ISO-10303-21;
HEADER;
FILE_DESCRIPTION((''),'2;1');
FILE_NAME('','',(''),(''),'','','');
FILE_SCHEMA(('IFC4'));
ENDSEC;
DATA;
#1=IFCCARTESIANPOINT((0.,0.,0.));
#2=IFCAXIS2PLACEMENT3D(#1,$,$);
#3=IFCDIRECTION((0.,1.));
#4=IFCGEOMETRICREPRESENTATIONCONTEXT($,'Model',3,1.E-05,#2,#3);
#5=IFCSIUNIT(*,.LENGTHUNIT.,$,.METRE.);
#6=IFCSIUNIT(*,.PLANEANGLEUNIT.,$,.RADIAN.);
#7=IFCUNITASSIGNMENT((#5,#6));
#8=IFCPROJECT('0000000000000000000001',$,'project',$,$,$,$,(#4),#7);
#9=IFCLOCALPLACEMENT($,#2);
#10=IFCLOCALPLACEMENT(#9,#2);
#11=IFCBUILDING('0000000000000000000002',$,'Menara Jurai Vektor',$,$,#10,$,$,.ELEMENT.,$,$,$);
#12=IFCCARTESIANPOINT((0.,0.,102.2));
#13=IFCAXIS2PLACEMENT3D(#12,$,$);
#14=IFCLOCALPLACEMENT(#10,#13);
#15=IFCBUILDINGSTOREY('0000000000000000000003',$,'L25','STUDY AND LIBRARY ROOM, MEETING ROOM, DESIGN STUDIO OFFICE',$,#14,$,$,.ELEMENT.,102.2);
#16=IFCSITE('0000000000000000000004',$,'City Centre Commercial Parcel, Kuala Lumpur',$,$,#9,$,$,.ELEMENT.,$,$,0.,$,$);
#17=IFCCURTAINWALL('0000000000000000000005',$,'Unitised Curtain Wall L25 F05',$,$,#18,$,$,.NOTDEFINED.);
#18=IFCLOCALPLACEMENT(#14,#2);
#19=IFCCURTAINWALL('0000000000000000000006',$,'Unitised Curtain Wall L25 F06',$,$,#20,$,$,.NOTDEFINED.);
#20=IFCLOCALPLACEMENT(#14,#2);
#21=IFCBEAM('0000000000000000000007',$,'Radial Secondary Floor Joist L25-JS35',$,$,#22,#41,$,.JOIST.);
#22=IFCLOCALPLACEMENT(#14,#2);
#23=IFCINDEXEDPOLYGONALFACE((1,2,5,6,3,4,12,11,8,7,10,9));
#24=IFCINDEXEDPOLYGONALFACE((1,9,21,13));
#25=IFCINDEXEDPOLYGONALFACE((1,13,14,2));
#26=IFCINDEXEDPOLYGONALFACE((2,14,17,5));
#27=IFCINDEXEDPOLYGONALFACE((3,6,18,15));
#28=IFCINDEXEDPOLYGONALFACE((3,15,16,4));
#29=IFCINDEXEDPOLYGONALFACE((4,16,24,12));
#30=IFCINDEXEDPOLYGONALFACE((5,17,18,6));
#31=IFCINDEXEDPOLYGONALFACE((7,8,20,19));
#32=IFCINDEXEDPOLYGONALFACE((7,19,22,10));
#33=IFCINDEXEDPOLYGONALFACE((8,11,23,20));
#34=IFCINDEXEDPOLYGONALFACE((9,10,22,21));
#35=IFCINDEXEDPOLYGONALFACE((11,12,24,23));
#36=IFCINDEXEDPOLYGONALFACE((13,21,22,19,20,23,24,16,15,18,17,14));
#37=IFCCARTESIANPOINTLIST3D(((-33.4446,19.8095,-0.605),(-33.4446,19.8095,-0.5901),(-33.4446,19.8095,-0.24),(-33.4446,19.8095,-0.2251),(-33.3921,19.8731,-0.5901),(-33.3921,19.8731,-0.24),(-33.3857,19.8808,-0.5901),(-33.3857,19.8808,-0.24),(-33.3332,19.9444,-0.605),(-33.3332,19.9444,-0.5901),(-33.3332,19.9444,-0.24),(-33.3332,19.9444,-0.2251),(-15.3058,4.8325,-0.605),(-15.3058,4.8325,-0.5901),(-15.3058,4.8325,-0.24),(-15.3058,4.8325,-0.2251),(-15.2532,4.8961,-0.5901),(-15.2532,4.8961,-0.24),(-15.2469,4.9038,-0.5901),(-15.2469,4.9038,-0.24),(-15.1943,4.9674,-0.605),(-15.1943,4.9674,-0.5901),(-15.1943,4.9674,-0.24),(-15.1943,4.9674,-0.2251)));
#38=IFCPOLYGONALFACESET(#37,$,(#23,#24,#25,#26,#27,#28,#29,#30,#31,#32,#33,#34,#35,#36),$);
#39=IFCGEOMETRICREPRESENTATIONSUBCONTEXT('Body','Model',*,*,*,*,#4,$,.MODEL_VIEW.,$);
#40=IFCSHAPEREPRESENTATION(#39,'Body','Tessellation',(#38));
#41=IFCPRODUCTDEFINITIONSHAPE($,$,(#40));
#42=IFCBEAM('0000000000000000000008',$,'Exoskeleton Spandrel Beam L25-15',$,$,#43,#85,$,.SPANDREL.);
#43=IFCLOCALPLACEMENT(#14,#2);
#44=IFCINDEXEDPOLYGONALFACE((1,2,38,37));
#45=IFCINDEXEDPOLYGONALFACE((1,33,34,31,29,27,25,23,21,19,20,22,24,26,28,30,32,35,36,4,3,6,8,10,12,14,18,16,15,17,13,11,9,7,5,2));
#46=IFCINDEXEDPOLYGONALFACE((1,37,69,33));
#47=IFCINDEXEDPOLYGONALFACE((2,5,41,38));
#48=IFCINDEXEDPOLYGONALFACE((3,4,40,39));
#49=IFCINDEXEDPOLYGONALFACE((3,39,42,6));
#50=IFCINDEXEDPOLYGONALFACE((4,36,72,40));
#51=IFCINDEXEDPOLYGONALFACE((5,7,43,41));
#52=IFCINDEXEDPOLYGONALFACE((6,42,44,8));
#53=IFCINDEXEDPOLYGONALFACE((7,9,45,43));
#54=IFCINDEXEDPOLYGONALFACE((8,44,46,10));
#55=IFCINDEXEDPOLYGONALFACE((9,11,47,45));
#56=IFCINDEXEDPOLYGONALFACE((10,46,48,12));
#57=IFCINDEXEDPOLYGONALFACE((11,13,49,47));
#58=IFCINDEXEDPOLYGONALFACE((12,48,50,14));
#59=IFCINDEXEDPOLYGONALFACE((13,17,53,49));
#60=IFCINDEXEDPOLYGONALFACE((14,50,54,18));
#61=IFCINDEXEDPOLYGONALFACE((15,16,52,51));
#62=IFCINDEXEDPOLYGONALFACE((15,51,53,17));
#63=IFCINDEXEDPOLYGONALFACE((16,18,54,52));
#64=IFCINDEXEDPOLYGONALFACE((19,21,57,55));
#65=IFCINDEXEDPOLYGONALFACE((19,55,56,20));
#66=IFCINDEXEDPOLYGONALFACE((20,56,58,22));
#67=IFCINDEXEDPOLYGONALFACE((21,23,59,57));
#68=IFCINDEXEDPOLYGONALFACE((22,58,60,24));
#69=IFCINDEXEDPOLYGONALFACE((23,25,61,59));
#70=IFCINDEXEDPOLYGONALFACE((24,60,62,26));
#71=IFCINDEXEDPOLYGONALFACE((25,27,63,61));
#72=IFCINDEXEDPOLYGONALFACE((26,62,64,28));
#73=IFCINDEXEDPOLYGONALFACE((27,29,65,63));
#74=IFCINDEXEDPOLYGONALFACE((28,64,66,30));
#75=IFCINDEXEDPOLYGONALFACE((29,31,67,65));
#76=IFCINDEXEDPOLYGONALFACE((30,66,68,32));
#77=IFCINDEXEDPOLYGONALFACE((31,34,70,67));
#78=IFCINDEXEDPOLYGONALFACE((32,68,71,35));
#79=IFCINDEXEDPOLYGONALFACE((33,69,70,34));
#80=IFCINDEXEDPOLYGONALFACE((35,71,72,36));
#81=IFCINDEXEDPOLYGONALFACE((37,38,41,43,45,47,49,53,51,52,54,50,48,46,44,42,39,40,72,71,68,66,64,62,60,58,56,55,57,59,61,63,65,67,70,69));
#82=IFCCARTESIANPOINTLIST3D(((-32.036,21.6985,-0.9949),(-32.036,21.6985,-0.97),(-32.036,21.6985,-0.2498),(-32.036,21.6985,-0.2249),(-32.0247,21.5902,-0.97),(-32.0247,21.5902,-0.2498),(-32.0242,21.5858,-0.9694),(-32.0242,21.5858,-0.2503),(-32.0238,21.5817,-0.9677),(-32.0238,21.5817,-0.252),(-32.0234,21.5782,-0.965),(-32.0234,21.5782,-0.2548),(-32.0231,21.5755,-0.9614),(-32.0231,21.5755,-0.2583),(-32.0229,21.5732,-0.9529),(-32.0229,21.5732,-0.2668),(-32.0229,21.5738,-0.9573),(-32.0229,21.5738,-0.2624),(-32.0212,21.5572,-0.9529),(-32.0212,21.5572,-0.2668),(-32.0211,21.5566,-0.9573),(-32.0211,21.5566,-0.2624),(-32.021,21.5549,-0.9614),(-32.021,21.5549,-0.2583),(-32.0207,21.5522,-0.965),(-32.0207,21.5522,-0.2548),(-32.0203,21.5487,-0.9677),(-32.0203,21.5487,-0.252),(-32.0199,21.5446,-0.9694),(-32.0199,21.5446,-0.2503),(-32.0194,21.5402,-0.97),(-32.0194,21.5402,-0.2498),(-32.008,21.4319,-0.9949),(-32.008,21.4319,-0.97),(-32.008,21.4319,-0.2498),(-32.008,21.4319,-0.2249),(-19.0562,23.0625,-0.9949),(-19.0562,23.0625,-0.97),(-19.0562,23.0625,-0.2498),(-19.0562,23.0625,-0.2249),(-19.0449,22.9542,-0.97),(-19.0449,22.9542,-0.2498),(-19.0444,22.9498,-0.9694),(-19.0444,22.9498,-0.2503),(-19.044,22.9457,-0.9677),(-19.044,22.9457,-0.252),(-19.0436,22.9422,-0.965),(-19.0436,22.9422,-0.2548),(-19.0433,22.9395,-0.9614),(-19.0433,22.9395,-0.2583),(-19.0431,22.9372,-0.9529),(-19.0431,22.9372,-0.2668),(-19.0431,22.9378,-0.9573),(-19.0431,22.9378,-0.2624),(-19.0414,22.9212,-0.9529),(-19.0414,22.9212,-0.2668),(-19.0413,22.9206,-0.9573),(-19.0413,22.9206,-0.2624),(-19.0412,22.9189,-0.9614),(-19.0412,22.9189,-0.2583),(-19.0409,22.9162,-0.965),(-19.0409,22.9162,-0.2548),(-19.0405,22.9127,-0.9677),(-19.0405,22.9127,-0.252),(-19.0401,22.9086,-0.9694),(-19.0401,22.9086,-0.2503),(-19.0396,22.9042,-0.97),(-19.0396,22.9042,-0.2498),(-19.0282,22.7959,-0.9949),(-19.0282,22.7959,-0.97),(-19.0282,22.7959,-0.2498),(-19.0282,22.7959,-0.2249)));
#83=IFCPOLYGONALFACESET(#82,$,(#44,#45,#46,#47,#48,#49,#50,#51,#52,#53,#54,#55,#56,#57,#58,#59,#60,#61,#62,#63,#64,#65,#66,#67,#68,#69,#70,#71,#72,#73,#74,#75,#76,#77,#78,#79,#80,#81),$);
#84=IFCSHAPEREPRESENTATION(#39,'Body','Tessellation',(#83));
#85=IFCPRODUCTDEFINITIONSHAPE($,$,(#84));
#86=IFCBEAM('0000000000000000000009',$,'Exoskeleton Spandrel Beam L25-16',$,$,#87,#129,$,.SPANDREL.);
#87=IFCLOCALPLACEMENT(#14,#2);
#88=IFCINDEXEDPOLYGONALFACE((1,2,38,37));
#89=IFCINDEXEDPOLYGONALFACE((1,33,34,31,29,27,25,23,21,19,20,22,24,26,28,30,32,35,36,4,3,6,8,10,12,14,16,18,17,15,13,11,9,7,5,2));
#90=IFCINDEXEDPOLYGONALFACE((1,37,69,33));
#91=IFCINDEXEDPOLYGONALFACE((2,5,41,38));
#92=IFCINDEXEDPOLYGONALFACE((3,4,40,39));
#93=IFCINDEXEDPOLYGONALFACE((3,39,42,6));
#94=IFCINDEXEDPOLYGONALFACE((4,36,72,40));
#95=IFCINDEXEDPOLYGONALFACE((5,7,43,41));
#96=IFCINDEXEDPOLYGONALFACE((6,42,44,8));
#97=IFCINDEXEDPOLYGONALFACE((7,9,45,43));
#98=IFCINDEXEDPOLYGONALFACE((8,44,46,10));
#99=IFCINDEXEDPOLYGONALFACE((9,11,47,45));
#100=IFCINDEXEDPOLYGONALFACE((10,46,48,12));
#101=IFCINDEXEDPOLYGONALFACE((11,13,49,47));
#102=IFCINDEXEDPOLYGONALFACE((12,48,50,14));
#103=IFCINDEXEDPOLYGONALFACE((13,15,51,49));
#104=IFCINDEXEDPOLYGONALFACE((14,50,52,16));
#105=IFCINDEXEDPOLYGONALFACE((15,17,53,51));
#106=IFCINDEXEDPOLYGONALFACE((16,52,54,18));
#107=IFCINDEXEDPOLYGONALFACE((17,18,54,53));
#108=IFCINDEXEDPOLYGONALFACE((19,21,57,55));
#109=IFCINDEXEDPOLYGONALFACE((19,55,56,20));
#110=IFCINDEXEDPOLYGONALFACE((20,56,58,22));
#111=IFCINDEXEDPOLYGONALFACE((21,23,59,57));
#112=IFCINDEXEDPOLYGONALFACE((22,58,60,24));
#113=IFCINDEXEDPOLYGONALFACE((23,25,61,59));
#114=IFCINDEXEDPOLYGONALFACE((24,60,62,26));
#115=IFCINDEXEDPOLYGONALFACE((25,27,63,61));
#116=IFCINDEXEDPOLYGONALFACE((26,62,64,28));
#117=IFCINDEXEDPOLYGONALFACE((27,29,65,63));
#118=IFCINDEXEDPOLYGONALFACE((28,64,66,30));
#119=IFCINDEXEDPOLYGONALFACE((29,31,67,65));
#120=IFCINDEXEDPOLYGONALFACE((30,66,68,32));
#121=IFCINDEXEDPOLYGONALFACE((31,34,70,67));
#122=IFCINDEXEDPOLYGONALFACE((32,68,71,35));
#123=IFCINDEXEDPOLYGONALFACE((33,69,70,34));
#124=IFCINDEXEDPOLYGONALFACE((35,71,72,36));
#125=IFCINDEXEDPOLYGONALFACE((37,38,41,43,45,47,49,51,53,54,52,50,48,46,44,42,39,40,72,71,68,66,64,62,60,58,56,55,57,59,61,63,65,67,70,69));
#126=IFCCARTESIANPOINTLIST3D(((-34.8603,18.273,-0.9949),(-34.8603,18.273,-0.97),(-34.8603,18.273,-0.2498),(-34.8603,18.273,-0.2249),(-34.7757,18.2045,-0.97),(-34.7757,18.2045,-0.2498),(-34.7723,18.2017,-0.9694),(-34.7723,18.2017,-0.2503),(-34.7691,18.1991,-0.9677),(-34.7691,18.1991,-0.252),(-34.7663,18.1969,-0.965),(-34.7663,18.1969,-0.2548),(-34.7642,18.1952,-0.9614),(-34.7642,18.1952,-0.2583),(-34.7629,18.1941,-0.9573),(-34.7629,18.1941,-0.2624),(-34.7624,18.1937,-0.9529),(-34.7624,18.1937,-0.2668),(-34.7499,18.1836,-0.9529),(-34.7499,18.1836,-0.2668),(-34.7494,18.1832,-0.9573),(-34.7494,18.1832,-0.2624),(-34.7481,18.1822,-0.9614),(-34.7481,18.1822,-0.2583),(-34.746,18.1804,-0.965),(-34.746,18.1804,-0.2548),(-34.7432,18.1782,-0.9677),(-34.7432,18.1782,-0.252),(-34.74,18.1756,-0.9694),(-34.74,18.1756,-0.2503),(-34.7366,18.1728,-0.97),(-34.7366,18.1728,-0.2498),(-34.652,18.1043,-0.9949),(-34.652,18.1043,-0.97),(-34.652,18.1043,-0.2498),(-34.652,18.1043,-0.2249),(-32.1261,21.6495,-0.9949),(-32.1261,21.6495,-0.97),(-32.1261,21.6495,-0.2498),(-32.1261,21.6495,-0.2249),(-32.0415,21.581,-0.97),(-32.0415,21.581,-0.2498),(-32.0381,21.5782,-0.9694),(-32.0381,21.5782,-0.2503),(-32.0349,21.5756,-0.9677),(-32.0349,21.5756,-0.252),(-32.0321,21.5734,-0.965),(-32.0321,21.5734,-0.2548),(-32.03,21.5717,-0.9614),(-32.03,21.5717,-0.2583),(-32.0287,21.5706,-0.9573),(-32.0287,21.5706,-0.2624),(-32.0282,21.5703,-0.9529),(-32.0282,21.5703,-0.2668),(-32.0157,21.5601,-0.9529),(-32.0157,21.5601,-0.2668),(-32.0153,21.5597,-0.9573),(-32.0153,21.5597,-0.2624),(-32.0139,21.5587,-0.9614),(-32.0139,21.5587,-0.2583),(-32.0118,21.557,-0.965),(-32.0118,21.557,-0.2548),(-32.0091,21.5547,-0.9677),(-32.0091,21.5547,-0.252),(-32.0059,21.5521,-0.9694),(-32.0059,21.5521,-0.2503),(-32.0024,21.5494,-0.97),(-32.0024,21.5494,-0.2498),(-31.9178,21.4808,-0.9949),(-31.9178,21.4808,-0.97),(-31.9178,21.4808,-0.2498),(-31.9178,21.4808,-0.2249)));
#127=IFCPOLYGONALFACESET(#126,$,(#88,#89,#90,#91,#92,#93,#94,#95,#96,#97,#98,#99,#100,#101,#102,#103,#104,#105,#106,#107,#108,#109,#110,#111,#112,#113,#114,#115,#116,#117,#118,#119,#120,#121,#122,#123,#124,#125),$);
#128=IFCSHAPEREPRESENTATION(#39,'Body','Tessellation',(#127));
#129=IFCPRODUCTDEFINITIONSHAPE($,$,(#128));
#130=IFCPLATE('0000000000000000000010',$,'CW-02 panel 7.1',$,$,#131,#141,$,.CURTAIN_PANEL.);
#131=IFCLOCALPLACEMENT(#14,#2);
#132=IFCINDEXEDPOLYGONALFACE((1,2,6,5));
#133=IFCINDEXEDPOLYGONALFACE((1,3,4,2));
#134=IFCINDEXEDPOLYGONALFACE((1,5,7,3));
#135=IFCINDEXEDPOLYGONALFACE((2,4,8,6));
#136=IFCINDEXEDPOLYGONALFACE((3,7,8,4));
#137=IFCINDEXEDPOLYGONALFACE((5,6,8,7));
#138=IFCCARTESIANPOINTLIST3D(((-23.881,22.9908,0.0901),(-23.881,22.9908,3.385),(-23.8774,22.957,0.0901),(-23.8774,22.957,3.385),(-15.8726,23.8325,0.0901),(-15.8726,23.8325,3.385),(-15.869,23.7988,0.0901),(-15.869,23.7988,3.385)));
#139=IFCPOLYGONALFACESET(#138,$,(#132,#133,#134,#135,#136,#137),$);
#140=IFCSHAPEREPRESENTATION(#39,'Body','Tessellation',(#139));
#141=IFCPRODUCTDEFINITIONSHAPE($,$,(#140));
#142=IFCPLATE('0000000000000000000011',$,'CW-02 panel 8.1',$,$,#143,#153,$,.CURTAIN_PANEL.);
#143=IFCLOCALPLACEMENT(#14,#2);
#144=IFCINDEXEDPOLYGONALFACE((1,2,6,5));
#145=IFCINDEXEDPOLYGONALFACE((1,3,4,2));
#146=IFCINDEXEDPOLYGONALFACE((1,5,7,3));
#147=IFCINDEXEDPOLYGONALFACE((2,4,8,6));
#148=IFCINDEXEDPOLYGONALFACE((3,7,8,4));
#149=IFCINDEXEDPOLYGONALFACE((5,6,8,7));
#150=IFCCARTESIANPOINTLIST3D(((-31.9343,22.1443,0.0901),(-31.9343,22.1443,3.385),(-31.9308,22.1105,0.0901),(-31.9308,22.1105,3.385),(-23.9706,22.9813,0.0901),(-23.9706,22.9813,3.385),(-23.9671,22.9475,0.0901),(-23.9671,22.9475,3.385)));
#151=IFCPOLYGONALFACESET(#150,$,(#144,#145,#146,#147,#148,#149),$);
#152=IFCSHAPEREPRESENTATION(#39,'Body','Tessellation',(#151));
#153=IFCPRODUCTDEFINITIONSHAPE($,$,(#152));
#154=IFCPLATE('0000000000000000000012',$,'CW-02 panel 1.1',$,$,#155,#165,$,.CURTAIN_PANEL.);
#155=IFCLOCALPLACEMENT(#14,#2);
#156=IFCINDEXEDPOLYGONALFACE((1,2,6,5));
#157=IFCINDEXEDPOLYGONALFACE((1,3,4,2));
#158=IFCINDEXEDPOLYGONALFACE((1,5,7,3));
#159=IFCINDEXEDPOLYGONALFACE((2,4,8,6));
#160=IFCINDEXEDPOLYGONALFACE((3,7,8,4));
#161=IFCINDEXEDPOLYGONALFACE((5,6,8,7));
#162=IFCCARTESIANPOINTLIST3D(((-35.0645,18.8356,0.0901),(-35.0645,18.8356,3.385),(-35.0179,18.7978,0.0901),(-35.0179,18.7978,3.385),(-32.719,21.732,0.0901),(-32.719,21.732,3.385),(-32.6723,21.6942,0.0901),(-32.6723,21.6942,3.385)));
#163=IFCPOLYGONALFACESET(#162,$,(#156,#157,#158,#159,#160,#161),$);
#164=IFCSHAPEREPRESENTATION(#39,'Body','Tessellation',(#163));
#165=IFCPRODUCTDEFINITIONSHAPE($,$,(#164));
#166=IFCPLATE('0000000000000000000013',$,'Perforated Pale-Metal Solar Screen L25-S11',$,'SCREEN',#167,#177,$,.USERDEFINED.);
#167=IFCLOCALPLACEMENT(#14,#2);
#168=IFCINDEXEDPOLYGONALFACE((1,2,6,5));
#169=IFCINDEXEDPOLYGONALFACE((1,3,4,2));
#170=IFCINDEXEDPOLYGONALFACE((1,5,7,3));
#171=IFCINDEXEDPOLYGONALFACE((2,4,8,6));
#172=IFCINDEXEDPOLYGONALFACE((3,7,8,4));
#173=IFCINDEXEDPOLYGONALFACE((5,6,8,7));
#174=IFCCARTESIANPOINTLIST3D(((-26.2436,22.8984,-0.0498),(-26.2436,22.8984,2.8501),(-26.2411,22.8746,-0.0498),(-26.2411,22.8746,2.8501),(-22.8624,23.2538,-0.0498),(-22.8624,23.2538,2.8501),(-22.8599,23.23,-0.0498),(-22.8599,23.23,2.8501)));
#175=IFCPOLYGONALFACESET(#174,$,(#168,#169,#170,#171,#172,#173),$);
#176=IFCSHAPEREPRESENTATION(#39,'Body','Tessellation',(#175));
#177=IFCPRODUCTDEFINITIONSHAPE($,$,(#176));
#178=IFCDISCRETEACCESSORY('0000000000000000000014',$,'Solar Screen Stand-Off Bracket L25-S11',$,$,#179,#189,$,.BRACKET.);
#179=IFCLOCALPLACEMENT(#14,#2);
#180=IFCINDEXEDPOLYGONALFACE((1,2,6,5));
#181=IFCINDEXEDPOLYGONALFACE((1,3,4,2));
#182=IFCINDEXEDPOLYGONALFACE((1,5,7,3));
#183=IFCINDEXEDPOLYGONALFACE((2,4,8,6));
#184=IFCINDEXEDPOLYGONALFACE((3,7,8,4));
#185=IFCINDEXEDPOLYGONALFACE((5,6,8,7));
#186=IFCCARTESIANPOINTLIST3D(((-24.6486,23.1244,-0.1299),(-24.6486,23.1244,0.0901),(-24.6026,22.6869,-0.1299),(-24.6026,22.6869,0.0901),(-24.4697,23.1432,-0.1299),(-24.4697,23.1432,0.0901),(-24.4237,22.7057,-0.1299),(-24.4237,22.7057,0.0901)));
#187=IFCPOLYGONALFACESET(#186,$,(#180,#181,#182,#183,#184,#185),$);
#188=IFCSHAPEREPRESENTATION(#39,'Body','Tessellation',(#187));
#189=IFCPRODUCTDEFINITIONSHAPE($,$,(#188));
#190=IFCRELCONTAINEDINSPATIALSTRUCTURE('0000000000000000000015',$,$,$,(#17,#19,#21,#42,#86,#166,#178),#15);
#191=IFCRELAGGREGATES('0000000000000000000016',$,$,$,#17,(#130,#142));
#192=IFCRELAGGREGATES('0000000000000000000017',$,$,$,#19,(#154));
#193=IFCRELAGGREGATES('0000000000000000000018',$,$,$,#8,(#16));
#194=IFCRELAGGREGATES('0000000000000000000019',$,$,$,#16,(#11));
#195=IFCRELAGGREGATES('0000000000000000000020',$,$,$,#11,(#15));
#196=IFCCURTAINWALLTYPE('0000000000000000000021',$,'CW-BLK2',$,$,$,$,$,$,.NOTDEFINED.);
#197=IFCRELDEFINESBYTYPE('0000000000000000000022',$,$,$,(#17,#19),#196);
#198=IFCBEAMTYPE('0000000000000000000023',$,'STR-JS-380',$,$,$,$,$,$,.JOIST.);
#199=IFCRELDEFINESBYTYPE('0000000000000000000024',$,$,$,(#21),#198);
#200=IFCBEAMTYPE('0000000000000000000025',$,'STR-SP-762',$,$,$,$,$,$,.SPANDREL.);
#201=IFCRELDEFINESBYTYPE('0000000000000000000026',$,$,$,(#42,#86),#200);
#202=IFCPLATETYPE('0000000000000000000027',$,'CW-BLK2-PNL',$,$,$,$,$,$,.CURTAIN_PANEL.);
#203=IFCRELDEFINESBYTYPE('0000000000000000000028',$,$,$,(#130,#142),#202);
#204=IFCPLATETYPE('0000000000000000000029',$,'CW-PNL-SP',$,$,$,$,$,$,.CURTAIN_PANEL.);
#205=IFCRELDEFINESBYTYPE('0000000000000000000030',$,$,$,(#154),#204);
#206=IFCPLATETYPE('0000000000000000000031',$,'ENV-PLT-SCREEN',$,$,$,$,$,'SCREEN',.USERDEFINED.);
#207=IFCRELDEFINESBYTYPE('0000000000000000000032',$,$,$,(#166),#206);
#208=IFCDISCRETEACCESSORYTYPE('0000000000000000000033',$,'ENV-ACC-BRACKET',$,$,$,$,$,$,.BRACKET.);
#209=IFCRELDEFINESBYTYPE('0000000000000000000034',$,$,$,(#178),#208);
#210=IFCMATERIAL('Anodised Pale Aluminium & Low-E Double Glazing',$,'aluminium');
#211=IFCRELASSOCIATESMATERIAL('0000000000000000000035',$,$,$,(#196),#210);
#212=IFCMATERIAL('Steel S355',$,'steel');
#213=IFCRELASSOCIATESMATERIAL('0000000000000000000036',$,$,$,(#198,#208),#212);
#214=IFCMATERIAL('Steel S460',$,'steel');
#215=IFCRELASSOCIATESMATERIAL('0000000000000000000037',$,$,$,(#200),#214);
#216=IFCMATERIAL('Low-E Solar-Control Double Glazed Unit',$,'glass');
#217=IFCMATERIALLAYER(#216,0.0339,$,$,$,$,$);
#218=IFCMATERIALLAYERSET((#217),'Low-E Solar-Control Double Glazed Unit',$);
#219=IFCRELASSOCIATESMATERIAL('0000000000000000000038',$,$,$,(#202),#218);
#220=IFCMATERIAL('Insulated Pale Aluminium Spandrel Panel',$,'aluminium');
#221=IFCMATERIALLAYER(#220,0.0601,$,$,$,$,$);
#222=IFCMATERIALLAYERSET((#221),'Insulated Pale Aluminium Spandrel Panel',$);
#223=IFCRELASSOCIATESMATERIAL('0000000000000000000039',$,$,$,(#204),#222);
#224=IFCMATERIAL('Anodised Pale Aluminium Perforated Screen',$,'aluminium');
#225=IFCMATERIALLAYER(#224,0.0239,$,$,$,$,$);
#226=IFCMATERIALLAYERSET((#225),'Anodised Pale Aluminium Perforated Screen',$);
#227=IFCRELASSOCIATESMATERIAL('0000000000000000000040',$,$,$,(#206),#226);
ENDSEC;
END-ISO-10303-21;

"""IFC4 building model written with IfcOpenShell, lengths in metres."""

from ifc_helpers import new_model, si_unit, direction, frame, origin, origin_2d, place, context, subcontext, project, spatial, rectangle, i_section, extrude, material, layer, layer_set, material_profile, profile_set, type_object, element, aggregate, save


model = new_model("IFC4")

# Units and contexts
model_context = context("Model", 3, precision=1e-05, world=origin(), true_north=direction((0.0, 1.0)))
body_context = subcontext(model_context, "Body", "Model", "MODEL_VIEW")
ifc_project = project(units=[si_unit("LENGTHUNIT", "METRE"), si_unit("PLANEANGLEUNIT", "RADIAN")], contexts=[model_context])

# Site, building, storey
site_placement = place(None, origin())
site = spatial("IfcSite", under=ifc_project, at=site_placement, Name="City Centre Commercial Parcel, Kuala Lumpur", CompositionType="ELEMENT", RefElevation=0.0)
building_placement = place(site_placement, origin())
building = spatial("IfcBuilding", under=site, at=building_placement, Name="Menara Jurai Vektor", CompositionType="ELEMENT")
storey_placement = place(building_placement, frame((0.0, 0.0, 102.2)))
storey = spatial("IfcBuildingStorey", under=building, at=storey_placement, Name="L25", Description="STUDY AND LIBRARY ROOM, MEETING ROOM, DESIGN STUDIO OFFICE", CompositionType="ELEMENT", Elevation=102.2)

# Shared definitions
ifc_material_1 = material(Name="Steel S460", Category="steel")

# Curtain walls
ifc_material_2 = material(Name="Anodised Pale Aluminium & Low-E Double Glazing", Category="aluminium")
curtain_wall_type = type_object("IfcCurtainWallType", Name="CW-BLK2", PredefinedType="NOTDEFINED", material=ifc_material_2)
curtain_wall_1_placement = place(storey_placement, origin())
curtain_wall_1 = element("IfcCurtainWall", 1, at=curtain_wall_1_placement, inside=storey, type_object=curtain_wall_type, Name="Unitised Curtain Wall L25 F05", PredefinedType="NOTDEFINED")
curtain_wall_2_placement = place(storey_placement, origin())
curtain_wall_2 = element("IfcCurtainWall", 2, at=curtain_wall_2_placement, inside=storey, type_object=curtain_wall_type, Name="Unitised Curtain Wall L25 F06", PredefinedType="NOTDEFINED")

# Shared definitions
ifc_material_3 = material(Name="Steel S355", Category="steel")

# Beams
ifc_material_profile_1 = material_profile(ifc_material_3, i_section(OverallWidth=0.175, OverallDepth=0.3799, WebThickness=0.01, FlangeThickness=0.0149, at=origin_2d()), Name="PG 380x175x58")
ifc_profile_set_1 = profile_set([ifc_material_profile_1], Name="Steel S355")
beam_type_1 = type_object("IfcBeamType", Name="STR-JS-380", PredefinedType="JOIST", material=ifc_profile_set_1)
beam_1_placement = place(storey_placement, frame((-33.3889, 19.877, -0.415), z_axis=(0.771114, -0.636698, 0.0), x_axis=(0.636698, 0.771114, 0.0)))
element("IfcBeam", 3, at=beam_1_placement, inside=storey, type_object=beam_type_1, Name="Radial Secondary Floor Joist L25-JS35", PredefinedType="JOIST", context=body_context, shape_type="SweptSolid", body=[
    extrude(i_section(OverallWidth=0.175, OverallDepth=0.3799, WebThickness=0.01, FlangeThickness=0.0149, at=origin_2d()), origin(), (0.0, 0.0, 1.0), 23.5229),
])
ifc_material_profile_2 = material_profile(ifc_material_1, i_section(OverallWidth=0.2681, OverallDepth=0.77, WebThickness=0.0161, FlangeThickness=0.0249, FilletRadius=0.0171, at=origin_2d()), Name="UKB 762x267x197")
ifc_profile_set_2 = profile_set([ifc_material_profile_2], Name="Steel S460")
beam_type_2 = type_object("IfcBeamType", Name="STR-SP-762", PredefinedType="SPANDREL", material=ifc_profile_set_2)
beam_2_placement = place(storey_placement, frame((-19.0422, 22.9292, -0.6099), z_axis=(-0.994524, -0.104512, 0.0), x_axis=(0.104512, -0.994524, 0.0)))
element("IfcBeam", 4, at=beam_2_placement, inside=storey, type_object=beam_type_2, Name="Exoskeleton Spandrel Beam L25-15", PredefinedType="SPANDREL", context=body_context, shape_type="SweptSolid", body=[
    extrude(i_section(OverallWidth=0.2681, OverallDepth=0.77, WebThickness=0.0161, FlangeThickness=0.0249, FilletRadius=0.0171, at=origin_2d()), origin(), (0.0, 0.0, 1.0), 13.0513),
])
beam_3_placement = place(storey_placement, frame((-32.022, 21.5652, -0.6099), z_axis=(-0.62931, -0.777155, 0.0), x_axis=(0.777155, -0.62931, 0.0)))
element("IfcBeam", 5, at=beam_3_placement, inside=storey, type_object=beam_type_2, Name="Exoskeleton Spandrel Beam L25-16", PredefinedType="SPANDREL", context=body_context, shape_type="SweptSolid", body=[
    extrude(i_section(OverallWidth=0.2681, OverallDepth=0.77, WebThickness=0.0161, FlangeThickness=0.0249, FilletRadius=0.0171, at=origin_2d()), origin(), (0.0, 0.0, 1.0), 4.3447),
])

# Plates
ifc_material_4 = material(Name="Low-E Solar-Control Double Glazed Unit", Category="glass")
ifc_layer_1 = layer(ifc_material_4, 0.0339)
ifc_layer_set_1 = layer_set([ifc_layer_1], Name="Low-E Solar-Control Double Glazed Unit")
plate_type_1 = type_object("IfcPlateType", Name="CW-BLK2-PNL", PredefinedType="CURTAIN_PANEL", material=ifc_layer_set_1)
plate_1_placement = place(storey_placement, frame((-19.875, 23.3948, 0.0901), z_axis=(0.0, 0.0, 1.0), x_axis=(-0.994522, -0.104529, 0.0)))
plate_1 = element("IfcPlate", 6, at=plate_1_placement, type_object=plate_type_1, Name="CW-02 panel 7.1", PredefinedType="CURTAIN_PANEL", context=body_context, shape_type="SweptSolid", body=[
    extrude(rectangle(XDim=8.0525, YDim=0.0339, at=origin_2d()), origin(), (0.0, 0.0, 1.0), 3.2949),
])
plate_2_placement = place(storey_placement, frame((-27.9507, 22.5459, 0.0901), z_axis=(0.0, 0.0, 1.0), x_axis=(-0.994522, -0.104529, 0.0)))
plate_2 = element("IfcPlate", 7, at=plate_2_placement, type_object=plate_type_1, Name="CW-02 panel 8.1", PredefinedType="CURTAIN_PANEL", context=body_context, shape_type="SweptSolid", body=[
    extrude(rectangle(XDim=8.0076, YDim=0.0339, at=origin_2d()), origin(), (0.0, 0.0, 1.0), 3.2949),
])
aggregate(curtain_wall_1, [plate_1, plate_2])
ifc_material_5 = material(Name="Insulated Pale Aluminium Spandrel Panel", Category="aluminium")
ifc_layer_2 = layer(ifc_material_5, 0.0601)
ifc_layer_set_2 = layer_set([ifc_layer_2], Name="Insulated Pale Aluminium Spandrel Panel")
plate_type_2 = type_object("IfcPlateType", Name="CW-PNL-SP", PredefinedType="CURTAIN_PANEL", material=ifc_layer_set_2)
plate_3_placement = place(storey_placement, frame((-33.8684, 20.2649, 0.0901), z_axis=(0.0, 0.0, 1.0), x_axis=(-0.629341, -0.777129, 0.0)))
plate_3 = element("IfcPlate", 8, at=plate_3_placement, type_object=plate_type_2, Name="CW-02 panel 1.1", PredefinedType="CURTAIN_PANEL", context=body_context, shape_type="SweptSolid", body=[
    extrude(rectangle(XDim=3.7271, YDim=0.0601, at=origin_2d()), origin(), (0.0, 0.0, 1.0), 3.2949),
])
aggregate(curtain_wall_2, [plate_3])
ifc_material_6 = material(Name="Anodised Pale Aluminium Perforated Screen", Category="aluminium")
ifc_layer_3 = layer(ifc_material_6, 0.0239)
ifc_layer_set_3 = layer_set([ifc_layer_3], Name="Anodised Pale Aluminium Perforated Screen")
plate_type_3 = type_object("IfcPlateType", Name="ENV-PLT-SCREEN", ElementType="SCREEN", PredefinedType="USERDEFINED", material=ifc_layer_set_3)
plate_4_placement = place(storey_placement, frame((-24.5518, 23.0642, -0.0498), z_axis=(0.0, 0.0, 1.0), x_axis=(-0.994522, -0.104528, 0.0)))
element("IfcPlate", 9, at=plate_4_placement, inside=storey, type_object=plate_type_3, Name="Perforated Pale-Metal Solar Screen L25-S11", ObjectType="SCREEN", PredefinedType="USERDEFINED", context=body_context, shape_type="SweptSolid", body=[
    extrude(rectangle(XDim=3.3999, YDim=0.0239, at=origin_2d()), origin(), (0.0, 0.0, 1.0), 2.8999),
])

# Discrete accessory
discrete_accessory_type = type_object("IfcDiscreteAccessoryType", Name="ENV-ACC-BRACKET", PredefinedType="BRACKET", material=ifc_material_3)
discrete_accessory_placement = place(storey_placement, frame((-24.5361, 22.915, -0.1299), z_axis=(0.0, 0.0, 1.0), x_axis=(-0.994522, -0.104528, 0.0)))
element("IfcDiscreteAccessory", 10, at=discrete_accessory_placement, inside=storey, type_object=discrete_accessory_type, Name="Solar Screen Stand-Off Bracket L25-S11", PredefinedType="BRACKET", context=body_context, shape_type="SweptSolid", body=[
    extrude(rectangle(XDim=0.1799, YDim=0.4399, at=origin_2d()), origin(), (0.0, 0.0, 1.0), 0.22),
])

save(model, "model.ifc")
